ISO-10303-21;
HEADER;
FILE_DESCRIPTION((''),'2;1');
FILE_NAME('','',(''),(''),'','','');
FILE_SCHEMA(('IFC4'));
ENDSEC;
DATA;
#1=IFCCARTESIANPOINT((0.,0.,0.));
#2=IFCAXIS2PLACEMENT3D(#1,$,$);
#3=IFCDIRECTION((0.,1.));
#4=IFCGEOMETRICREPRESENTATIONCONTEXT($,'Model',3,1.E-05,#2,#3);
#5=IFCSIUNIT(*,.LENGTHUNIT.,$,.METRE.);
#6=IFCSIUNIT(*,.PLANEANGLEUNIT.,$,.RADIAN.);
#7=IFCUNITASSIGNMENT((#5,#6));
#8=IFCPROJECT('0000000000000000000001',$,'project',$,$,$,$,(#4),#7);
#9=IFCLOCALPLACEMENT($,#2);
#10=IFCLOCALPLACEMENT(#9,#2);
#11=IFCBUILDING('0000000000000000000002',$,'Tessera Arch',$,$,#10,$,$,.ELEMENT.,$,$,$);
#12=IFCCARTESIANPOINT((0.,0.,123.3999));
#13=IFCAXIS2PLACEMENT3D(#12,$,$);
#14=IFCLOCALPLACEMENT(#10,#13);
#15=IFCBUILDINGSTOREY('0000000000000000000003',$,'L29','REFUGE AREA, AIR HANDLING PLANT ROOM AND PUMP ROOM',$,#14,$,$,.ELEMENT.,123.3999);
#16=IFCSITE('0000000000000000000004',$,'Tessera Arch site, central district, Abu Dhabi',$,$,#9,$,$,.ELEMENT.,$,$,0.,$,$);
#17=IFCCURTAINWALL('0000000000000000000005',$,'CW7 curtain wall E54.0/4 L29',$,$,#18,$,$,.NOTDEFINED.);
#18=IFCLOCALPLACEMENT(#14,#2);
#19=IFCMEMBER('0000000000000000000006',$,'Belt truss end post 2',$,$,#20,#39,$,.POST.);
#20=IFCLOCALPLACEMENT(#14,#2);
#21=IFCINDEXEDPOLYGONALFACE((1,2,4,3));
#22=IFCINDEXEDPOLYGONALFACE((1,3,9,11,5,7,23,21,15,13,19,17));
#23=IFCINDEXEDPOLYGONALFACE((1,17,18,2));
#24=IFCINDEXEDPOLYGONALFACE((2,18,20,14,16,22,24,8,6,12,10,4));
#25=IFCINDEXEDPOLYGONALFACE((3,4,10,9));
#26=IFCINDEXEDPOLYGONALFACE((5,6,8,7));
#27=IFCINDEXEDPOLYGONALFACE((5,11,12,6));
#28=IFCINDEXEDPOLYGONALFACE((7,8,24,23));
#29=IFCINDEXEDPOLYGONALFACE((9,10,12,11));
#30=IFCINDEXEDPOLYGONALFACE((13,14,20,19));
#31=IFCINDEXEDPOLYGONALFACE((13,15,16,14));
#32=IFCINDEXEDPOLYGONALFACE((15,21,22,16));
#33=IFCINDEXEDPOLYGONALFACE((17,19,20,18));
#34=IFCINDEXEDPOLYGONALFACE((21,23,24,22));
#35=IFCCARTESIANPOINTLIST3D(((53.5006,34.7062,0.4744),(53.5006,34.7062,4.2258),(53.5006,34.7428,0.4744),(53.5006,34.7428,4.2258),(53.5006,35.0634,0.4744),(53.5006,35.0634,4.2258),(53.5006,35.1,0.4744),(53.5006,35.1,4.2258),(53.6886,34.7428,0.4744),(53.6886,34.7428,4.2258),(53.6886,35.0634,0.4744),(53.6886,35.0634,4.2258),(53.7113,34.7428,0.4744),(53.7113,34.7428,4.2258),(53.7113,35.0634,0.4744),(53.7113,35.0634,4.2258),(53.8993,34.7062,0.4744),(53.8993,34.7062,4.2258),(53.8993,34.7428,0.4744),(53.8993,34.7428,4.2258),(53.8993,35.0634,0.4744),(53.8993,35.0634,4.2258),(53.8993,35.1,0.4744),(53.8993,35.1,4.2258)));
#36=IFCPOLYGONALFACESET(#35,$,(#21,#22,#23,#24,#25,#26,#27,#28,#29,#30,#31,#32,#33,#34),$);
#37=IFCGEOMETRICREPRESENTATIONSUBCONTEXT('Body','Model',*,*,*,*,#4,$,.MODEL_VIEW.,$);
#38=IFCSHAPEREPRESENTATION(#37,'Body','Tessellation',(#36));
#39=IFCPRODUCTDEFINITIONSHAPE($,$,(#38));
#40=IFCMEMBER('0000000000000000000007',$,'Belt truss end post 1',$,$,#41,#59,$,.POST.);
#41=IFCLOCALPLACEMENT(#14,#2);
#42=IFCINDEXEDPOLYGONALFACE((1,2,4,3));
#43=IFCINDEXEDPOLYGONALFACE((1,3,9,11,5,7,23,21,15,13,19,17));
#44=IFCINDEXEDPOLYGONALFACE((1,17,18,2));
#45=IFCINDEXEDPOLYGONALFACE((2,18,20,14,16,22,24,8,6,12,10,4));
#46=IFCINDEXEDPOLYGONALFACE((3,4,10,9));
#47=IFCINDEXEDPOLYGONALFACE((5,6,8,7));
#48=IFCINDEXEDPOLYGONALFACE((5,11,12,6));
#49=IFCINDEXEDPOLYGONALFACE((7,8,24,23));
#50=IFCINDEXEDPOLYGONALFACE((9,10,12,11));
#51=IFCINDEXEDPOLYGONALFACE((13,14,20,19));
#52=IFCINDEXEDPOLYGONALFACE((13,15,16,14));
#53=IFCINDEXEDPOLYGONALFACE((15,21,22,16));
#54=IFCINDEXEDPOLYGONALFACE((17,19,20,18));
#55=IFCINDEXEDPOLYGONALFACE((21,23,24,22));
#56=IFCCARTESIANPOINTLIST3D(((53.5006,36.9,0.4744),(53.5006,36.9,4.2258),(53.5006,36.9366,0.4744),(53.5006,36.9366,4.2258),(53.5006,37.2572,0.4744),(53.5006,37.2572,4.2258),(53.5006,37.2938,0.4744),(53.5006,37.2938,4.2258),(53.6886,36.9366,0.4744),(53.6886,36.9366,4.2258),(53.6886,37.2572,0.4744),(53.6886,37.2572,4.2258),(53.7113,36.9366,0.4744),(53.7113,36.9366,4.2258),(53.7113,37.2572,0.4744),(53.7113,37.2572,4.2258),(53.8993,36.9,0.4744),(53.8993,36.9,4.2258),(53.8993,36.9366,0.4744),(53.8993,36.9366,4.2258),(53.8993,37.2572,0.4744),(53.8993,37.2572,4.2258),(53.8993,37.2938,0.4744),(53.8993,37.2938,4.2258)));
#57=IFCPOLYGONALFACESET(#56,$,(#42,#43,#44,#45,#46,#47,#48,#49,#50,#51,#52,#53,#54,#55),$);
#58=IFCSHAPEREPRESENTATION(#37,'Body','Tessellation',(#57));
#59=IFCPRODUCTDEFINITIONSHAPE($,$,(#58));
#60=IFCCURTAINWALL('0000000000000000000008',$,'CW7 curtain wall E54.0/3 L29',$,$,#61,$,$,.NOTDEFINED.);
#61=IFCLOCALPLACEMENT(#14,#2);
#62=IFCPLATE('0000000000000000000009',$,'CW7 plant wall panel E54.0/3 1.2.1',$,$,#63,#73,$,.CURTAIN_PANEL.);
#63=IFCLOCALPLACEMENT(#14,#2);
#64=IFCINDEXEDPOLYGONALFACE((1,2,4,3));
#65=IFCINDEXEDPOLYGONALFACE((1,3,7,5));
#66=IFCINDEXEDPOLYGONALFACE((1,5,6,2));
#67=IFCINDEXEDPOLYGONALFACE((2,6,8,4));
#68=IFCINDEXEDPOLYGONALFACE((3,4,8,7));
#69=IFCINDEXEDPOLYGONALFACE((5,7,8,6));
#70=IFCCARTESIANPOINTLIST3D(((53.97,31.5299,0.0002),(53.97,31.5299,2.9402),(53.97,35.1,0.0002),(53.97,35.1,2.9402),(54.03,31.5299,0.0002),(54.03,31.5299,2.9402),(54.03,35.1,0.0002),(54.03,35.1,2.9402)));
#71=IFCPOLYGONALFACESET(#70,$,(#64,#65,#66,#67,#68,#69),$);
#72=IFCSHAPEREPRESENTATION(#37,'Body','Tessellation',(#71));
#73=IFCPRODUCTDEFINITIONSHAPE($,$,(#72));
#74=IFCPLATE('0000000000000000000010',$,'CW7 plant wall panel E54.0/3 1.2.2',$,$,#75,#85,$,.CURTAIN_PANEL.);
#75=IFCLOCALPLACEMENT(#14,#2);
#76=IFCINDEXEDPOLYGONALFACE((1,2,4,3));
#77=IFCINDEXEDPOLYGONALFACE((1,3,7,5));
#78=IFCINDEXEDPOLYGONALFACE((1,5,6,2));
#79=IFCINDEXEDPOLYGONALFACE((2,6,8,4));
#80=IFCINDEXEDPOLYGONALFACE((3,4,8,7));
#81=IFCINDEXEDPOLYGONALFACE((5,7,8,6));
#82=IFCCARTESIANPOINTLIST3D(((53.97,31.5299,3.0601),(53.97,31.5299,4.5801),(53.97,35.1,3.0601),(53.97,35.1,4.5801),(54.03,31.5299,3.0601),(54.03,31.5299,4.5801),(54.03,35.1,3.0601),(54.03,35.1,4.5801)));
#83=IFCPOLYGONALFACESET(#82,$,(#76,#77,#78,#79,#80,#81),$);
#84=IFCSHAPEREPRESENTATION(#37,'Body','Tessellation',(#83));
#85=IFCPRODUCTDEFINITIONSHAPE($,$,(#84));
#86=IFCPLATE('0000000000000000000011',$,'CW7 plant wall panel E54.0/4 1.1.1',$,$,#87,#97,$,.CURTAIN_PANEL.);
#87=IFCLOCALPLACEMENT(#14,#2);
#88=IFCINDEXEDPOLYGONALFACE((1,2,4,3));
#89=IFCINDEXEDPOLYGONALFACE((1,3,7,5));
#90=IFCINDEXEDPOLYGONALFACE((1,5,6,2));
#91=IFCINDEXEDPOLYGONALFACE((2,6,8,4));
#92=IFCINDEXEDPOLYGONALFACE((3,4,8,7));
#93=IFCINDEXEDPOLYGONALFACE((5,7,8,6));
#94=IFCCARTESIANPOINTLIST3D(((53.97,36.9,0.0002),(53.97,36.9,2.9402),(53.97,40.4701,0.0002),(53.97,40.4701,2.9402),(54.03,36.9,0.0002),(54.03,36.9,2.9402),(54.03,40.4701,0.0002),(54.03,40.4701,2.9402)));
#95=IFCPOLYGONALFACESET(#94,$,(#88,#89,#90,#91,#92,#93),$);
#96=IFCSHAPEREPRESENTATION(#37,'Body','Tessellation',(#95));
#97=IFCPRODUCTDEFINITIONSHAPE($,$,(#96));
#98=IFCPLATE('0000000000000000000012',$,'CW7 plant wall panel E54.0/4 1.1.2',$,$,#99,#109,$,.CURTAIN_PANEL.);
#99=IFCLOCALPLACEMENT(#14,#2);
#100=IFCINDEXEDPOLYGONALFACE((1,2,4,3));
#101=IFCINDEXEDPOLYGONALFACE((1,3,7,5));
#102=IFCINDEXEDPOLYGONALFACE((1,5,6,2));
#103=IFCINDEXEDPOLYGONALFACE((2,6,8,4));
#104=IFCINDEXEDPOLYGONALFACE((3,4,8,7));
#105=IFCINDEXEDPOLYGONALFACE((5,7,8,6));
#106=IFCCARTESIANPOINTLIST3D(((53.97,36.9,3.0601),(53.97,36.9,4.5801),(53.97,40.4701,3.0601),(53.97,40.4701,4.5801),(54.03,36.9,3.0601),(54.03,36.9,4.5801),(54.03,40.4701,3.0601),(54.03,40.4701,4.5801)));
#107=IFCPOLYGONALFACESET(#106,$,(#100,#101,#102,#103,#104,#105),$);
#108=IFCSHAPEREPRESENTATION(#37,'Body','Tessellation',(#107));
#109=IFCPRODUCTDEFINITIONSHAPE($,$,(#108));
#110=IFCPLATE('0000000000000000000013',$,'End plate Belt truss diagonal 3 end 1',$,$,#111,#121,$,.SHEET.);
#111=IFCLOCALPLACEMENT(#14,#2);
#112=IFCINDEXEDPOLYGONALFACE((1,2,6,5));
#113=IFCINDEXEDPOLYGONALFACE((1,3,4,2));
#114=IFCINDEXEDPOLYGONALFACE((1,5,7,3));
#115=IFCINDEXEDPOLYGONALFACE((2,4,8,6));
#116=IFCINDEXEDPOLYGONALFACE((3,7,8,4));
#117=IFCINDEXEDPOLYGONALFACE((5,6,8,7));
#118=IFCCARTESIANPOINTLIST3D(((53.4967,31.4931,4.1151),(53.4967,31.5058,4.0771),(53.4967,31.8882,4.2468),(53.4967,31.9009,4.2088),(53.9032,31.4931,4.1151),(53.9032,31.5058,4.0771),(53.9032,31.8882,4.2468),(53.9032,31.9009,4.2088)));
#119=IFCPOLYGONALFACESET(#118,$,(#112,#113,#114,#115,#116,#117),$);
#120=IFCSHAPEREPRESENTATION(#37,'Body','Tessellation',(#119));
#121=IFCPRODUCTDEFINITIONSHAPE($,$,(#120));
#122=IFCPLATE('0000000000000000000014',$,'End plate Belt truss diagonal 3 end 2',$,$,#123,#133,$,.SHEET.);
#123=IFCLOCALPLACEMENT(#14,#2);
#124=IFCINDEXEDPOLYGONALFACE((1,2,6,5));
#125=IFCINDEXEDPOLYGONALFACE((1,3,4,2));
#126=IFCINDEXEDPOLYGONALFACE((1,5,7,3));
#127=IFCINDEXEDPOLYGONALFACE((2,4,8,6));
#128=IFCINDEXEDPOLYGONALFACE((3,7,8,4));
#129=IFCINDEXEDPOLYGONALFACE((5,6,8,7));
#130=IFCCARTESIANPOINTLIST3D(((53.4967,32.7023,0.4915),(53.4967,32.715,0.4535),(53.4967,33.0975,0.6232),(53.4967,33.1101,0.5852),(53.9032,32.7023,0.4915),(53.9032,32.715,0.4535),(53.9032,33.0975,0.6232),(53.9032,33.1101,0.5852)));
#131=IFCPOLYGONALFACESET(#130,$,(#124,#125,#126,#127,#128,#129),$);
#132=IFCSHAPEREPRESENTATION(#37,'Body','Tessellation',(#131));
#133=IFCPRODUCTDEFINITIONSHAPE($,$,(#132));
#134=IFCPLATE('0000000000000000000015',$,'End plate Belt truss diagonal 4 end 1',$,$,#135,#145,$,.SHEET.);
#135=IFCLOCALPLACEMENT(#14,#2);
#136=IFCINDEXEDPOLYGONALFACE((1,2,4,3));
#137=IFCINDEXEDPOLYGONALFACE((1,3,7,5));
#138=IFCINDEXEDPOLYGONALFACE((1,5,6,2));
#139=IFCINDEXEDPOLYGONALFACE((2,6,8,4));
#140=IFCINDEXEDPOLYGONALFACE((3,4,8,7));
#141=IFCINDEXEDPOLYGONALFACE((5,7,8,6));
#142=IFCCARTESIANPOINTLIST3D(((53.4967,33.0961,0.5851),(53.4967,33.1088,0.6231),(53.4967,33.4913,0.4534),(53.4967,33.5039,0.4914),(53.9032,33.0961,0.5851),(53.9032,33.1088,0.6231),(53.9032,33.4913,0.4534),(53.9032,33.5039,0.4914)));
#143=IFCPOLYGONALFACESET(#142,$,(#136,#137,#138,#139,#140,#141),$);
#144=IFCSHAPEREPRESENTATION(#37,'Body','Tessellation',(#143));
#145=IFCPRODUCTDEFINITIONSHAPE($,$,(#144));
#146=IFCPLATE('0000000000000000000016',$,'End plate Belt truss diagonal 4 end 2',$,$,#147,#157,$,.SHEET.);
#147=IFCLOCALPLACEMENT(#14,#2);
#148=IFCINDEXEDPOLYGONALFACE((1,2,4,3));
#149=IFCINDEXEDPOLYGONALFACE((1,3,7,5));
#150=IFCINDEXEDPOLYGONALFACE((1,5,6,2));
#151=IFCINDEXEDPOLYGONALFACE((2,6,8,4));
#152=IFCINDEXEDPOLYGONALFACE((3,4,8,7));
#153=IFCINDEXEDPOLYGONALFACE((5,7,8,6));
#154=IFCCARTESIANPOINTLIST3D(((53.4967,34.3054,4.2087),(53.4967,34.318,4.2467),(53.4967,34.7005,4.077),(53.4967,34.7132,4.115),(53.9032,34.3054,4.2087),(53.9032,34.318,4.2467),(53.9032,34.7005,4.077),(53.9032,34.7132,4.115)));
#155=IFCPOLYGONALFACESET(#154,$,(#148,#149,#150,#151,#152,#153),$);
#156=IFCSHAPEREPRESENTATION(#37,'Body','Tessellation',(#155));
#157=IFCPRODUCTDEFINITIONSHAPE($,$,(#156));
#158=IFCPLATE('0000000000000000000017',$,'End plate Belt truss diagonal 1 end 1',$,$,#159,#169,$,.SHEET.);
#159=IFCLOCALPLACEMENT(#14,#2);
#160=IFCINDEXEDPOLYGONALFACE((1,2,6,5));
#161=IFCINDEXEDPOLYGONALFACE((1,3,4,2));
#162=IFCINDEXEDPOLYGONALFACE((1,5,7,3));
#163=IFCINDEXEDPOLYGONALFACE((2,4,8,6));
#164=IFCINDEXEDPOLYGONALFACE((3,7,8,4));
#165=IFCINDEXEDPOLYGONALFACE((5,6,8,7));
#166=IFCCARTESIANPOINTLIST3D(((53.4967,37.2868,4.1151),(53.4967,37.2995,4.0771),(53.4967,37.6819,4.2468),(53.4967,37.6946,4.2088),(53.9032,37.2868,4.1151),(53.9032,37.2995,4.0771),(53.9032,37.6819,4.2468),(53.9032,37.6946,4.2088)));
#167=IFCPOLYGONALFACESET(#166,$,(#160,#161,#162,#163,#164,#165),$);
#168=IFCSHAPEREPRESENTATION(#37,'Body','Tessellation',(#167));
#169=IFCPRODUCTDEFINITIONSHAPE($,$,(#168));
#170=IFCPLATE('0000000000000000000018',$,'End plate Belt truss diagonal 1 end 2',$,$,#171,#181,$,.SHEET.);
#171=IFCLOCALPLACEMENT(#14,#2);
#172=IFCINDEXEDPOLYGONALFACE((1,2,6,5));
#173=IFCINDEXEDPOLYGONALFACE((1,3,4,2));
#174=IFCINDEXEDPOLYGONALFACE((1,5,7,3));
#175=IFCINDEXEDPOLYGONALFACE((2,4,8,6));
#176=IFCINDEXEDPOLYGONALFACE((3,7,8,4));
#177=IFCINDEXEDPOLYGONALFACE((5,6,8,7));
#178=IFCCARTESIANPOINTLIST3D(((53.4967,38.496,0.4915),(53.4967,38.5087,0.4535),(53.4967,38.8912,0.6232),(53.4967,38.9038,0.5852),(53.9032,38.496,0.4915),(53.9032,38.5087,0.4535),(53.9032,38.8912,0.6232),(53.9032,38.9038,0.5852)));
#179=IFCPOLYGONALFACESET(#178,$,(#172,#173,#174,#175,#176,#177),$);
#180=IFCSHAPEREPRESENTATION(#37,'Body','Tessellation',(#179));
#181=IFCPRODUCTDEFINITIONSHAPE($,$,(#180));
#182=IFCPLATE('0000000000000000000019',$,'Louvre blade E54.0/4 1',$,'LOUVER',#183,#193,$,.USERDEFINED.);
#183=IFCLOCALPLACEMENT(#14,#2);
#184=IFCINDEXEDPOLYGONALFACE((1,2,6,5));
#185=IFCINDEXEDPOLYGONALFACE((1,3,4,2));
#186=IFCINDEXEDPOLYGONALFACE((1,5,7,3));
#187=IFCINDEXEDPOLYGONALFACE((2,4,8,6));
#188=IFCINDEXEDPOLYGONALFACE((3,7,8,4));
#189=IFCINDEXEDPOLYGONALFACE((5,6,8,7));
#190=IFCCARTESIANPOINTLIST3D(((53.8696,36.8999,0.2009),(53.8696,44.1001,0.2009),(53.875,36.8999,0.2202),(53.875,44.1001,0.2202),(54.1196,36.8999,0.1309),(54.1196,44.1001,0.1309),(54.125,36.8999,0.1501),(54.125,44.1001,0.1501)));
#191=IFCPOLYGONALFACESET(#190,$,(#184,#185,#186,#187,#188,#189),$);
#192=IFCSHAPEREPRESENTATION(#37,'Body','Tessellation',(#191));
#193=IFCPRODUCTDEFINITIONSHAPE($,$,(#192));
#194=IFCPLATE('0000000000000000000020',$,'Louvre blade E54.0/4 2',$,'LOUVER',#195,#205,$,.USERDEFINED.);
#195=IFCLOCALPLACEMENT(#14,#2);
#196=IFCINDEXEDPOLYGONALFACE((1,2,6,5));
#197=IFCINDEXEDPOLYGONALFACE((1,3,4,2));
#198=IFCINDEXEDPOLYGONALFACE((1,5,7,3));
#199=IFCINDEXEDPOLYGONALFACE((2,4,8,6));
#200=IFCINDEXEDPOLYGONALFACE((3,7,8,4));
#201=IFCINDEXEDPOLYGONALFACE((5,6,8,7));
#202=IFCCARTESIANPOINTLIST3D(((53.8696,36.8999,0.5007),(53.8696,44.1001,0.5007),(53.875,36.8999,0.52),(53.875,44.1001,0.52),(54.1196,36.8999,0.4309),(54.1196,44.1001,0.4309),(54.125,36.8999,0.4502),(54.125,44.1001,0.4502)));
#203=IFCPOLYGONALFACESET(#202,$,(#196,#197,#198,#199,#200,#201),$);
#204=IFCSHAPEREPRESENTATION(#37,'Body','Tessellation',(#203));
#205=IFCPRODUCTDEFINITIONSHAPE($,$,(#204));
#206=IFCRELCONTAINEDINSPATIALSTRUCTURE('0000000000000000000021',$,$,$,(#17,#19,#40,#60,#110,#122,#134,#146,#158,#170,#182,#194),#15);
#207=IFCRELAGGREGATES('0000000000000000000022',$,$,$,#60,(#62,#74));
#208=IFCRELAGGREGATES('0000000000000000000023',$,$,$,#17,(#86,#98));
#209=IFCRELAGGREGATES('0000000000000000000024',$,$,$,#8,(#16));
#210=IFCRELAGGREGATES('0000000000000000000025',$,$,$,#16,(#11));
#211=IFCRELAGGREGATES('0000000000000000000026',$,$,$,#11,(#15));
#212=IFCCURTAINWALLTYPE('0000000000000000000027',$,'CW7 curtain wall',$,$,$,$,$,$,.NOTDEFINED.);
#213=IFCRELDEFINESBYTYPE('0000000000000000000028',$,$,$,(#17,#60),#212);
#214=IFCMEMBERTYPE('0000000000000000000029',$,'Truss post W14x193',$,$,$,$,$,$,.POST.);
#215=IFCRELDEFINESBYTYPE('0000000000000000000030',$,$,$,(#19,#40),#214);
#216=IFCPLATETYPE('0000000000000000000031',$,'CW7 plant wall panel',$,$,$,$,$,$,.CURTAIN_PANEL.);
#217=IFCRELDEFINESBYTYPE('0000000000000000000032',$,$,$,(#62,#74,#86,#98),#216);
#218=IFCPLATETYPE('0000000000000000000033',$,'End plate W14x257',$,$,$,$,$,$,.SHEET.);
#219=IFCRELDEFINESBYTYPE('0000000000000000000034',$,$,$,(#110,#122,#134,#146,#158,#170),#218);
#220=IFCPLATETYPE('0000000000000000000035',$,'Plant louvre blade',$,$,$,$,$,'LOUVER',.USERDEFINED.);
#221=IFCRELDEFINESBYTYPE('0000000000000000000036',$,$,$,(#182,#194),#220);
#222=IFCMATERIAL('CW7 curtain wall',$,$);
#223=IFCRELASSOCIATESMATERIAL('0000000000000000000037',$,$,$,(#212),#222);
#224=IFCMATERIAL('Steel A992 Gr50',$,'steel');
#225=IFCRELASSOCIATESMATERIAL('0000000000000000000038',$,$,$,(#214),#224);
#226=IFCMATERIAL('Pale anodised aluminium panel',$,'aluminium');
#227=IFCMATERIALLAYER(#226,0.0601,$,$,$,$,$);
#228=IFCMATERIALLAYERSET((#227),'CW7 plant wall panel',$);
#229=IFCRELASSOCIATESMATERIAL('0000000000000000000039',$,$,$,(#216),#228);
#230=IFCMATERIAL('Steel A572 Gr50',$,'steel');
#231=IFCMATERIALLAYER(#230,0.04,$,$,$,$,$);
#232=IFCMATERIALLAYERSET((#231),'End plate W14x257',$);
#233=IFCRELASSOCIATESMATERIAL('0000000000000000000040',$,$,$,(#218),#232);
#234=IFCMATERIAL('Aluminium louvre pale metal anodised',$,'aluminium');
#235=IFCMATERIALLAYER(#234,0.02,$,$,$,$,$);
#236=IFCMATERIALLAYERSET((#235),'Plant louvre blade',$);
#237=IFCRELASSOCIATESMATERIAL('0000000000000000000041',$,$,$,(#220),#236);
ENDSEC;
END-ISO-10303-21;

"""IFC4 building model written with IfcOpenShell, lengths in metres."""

from ifc_helpers import new_model, si_unit, direction, frame, origin, origin_2d, place, context, subcontext, project, spatial, polyline, rectangle, i_section, outline, extrude, material, layer, layer_set, material_profile, profile_set, type_object, element, aggregate, save


model = new_model("IFC4")

# Units and contexts
model_context = context("Model", 3, precision=1e-05, world=origin(), true_north=direction((0.0, 1.0)))
body_context = subcontext(model_context, "Body", "Model", "MODEL_VIEW")
ifc_project = project(units=[si_unit("LENGTHUNIT", "METRE"), si_unit("PLANEANGLEUNIT", "RADIAN")], contexts=[model_context])

# Site, building, storey
site_placement = place(None, origin())
site = spatial("IfcSite", under=ifc_project, at=site_placement, Name="Tessera Arch site, central district, Abu Dhabi", CompositionType="ELEMENT", RefElevation=0.0)
building_placement = place(site_placement, origin())
building = spatial("IfcBuilding", under=site, at=building_placement, Name="Tessera Arch", CompositionType="ELEMENT")
storey_placement = place(building_placement, frame((0.0, 0.0, 123.3999)))
storey = spatial("IfcBuildingStorey", under=building, at=storey_placement, Name="L29", Description="REFUGE AREA, AIR HANDLING PLANT ROOM AND PUMP ROOM", CompositionType="ELEMENT", Elevation=123.3999)

# Curtain wall
ifc_material_1 = material(Name="CW7 curtain wall")
curtain_wall_type = type_object("IfcCurtainWallType", Name="CW7 curtain wall", PredefinedType="NOTDEFINED", material=ifc_material_1)
curtain_wall_1_placement = place(storey_placement, origin())
curtain_wall_1 = element("IfcCurtainWall", 1, at=curtain_wall_1_placement, inside=storey, type_object=curtain_wall_type, Name="CW7 curtain wall E54.0/4 L29", PredefinedType="NOTDEFINED")

# Members
ifc_material_2 = material(Name="Steel A992 Gr50", Category="steel")
ifc_material_profile_1 = material_profile(ifc_material_2, i_section(OverallWidth=0.3987, OverallDepth=0.3938, WebThickness=0.0227, FlangeThickness=0.0366, at=origin_2d()), Name="W14x193")
ifc_profile_set_1 = profile_set([ifc_material_profile_1], Name="Steel A992 Gr50")
member_type_1 = type_object("IfcMemberType", Name="Truss post W14x193", PredefinedType="POST", material=ifc_profile_set_1)
for number, where, z_axis, x_axis, name in (
    (2, (53.7, 34.9031, 0.4744), (0.0, 0.0, 1.0), (1.0, 0.0, 0.0), "Belt truss end post 2"),
    (3, (53.7, 37.0969, 0.4744), (0.0, 0.0, 1.0), (1.0, 0.0, 0.0), "Belt truss end post 1"),
):
    element("IfcMember", number, at=place(storey_placement, frame(where, z_axis=z_axis, x_axis=x_axis)), inside=storey, type_object=member_type_1, Name=name, PredefinedType="POST", context=body_context, shape_type="SweptSolid", body=[
        extrude(i_section(OverallWidth=0.3987, OverallDepth=0.3938, WebThickness=0.0227, FlangeThickness=0.0366, at=origin_2d()), origin(), (0.0, 0.0, 1.0), 3.7515),
    ])

# Curtain wall, plates
curtain_wall_2_placement = place(storey_placement, origin())
curtain_wall_2 = element("IfcCurtainWall", 4, at=curtain_wall_2_placement, inside=storey, type_object=curtain_wall_type, Name="CW7 curtain wall E54.0/3 L29", PredefinedType="NOTDEFINED")
ifc_material_3 = material(Name="Pale anodised aluminium panel", Category="aluminium")
ifc_layer_1 = layer(ifc_material_3, 0.0601)
ifc_layer_set_1 = layer_set([ifc_layer_1], Name="CW7 plant wall panel")
plate_type_1 = type_object("IfcPlateType", Name="CW7 plant wall panel", PredefinedType="CURTAIN_PANEL", material=ifc_layer_set_1)
plate_1_placement = place(storey_placement, frame((54.0, 33.3149, 0.0002), z_axis=(0.0, 0.0, 1.0), x_axis=(0.0, 1.0, 0.0)))
plate_1 = element("IfcPlate", 5, at=plate_1_placement, type_object=plate_type_1, Name="CW7 plant wall panel E54.0/3 1.2.1", PredefinedType="CURTAIN_PANEL", context=body_context, shape_type="SweptSolid", body=[
    extrude(rectangle(XDim=3.5701, YDim=0.0601, at=origin_2d()), origin(), (0.0, 0.0, 1.0), 2.9399),
])
plate_2_placement = place(storey_placement, frame((54.0, 33.3149, 3.0601), z_axis=(0.0, 0.0, 1.0), x_axis=(0.0, 1.0, 0.0)))
plate_2 = element("IfcPlate", 6, at=plate_2_placement, type_object=plate_type_1, Name="CW7 plant wall panel E54.0/3 1.2.2", PredefinedType="CURTAIN_PANEL", context=body_context, shape_type="SweptSolid", body=[
    extrude(rectangle(XDim=3.5701, YDim=0.0601, at=origin_2d()), origin(), (0.0, 0.0, 1.0), 1.52),
])
aggregate(curtain_wall_2, [plate_1, plate_2])

# Plates
plate_3_placement = place(storey_placement, frame((54.0, 38.6851, 0.0002), z_axis=(0.0, 0.0, 1.0), x_axis=(0.0, 1.0, 0.0)))
plate_3 = element("IfcPlate", 7, at=plate_3_placement, type_object=plate_type_1, Name="CW7 plant wall panel E54.0/4 1.1.1", PredefinedType="CURTAIN_PANEL", context=body_context, shape_type="SweptSolid", body=[
    extrude(rectangle(XDim=3.5701, YDim=0.0601, at=origin_2d()), origin(), (0.0, 0.0, 1.0), 2.9399),
])
plate_4_placement = place(storey_placement, frame((54.0, 38.6851, 3.0601), z_axis=(0.0, 0.0, 1.0), x_axis=(0.0, 1.0, 0.0)))
plate_4 = element("IfcPlate", 8, at=plate_4_placement, type_object=plate_type_1, Name="CW7 plant wall panel E54.0/4 1.1.2", PredefinedType="CURTAIN_PANEL", context=body_context, shape_type="SweptSolid", body=[
    extrude(rectangle(XDim=3.5701, YDim=0.0601, at=origin_2d()), origin(), (0.0, 0.0, 1.0), 1.52),
])
aggregate(curtain_wall_1, [plate_3, plate_4])

# Plates
ifc_material_4 = material(Name="Steel A572 Gr50", Category="steel")
ifc_layer_2 = layer(ifc_material_4, 0.04)
ifc_layer_set_2 = layer_set([ifc_layer_2], Name="End plate W14x257")
plate_type_2 = type_object("IfcPlateType", Name="End plate W14x257", PredefinedType="SHEET", material=ifc_layer_set_2)
for number, where, z_axis, x_axis, name in (
    (9, (53.7, 31.6907, 4.1809), (0.0, 0.316228, -0.948683), (-1.0, 0.0, 0.0), "End plate Belt truss diagonal 3 end 1"),
    (10, (53.7, 32.8999, 0.5574), (0.0, 0.316228, -0.948683), (-1.0, 0.0, 0.0), "End plate Belt truss diagonal 3 end 2"),
    (11, (53.7, 33.2937, 0.5193), (0.0, 0.316228, 0.948683), (-1.0, 0.0, 0.0), "End plate Belt truss diagonal 4 end 1"),
    (12, (53.7, 34.5029, 4.1428), (0.0, 0.316228, 0.948683), (-1.0, 0.0, 0.0), "End plate Belt truss diagonal 4 end 2"),
    (13, (53.7, 37.4844, 4.1809), (0.0, 0.316228, -0.948683), (-1.0, 0.0, 0.0), "End plate Belt truss diagonal 1 end 1"),
    (14, (53.7, 38.6936, 0.5574), (0.0, 0.316228, -0.948683), (-1.0, 0.0, 0.0), "End plate Belt truss diagonal 1 end 2"),
):
    element("IfcPlate", number, at=place(storey_placement, frame(where, z_axis=z_axis, x_axis=x_axis)), inside=storey, type_object=plate_type_2, Name=name, PredefinedType="SHEET", context=body_context, shape_type="SweptSolid", body=[
        extrude(rectangle(XDim=0.4065, YDim=0.4165, at=origin_2d()), origin(), (0.0, 0.0, 1.0), 0.04),
    ])
ifc_material_5 = material(Name="Aluminium louvre pale metal anodised", Category="aluminium")
ifc_layer_3 = layer(ifc_material_5, 0.02)
ifc_layer_set_3 = layer_set([ifc_layer_3], Name="Plant louvre blade")
plate_type_3 = type_object("IfcPlateType", Name="Plant louvre blade", ElementType="LOUVER", PredefinedType="USERDEFINED", material=ifc_layer_set_3)
plate_5_placement = place(storey_placement, frame((54.125, 36.8999, 0.1501), z_axis=(0.269874, 0.0, 0.962896), x_axis=(0.0, 1.0, 0.0)))
element("IfcPlate", 15, at=plate_5_placement, inside=storey, type_object=plate_type_3, Name="Louvre blade E54.0/4 1", ObjectType="LOUVER", PredefinedType="USERDEFINED", context=body_context, shape_type="SweptSolid", body=[
    extrude(outline(polyline([(0.0, 0.0), (7.2002, 0.0), (7.2002, 0.2596), (0.0, 0.2596), (0.0, 0.0)])), origin(), (0.0, 0.0, -1.0), 0.02),
])
plate_6_placement = place(storey_placement, frame((54.125, 36.8999, 0.4502), z_axis=(0.269002, 0.0, 0.96314), x_axis=(0.0, 1.0, 0.0)))
element("IfcPlate", 16, at=plate_6_placement, inside=storey, type_object=plate_type_3, Name="Louvre blade E54.0/4 2", ObjectType="LOUVER", PredefinedType="USERDEFINED", context=body_context, shape_type="SweptSolid", body=[
    extrude(outline(polyline([(0.0, 0.0), (7.2002, 0.0), (7.2002, 0.2596), (0.0, 0.2596), (0.0, 0.0)])), origin(), (0.0, 0.0, -1.0), 0.02),
])

save(model, "model.ifc")
